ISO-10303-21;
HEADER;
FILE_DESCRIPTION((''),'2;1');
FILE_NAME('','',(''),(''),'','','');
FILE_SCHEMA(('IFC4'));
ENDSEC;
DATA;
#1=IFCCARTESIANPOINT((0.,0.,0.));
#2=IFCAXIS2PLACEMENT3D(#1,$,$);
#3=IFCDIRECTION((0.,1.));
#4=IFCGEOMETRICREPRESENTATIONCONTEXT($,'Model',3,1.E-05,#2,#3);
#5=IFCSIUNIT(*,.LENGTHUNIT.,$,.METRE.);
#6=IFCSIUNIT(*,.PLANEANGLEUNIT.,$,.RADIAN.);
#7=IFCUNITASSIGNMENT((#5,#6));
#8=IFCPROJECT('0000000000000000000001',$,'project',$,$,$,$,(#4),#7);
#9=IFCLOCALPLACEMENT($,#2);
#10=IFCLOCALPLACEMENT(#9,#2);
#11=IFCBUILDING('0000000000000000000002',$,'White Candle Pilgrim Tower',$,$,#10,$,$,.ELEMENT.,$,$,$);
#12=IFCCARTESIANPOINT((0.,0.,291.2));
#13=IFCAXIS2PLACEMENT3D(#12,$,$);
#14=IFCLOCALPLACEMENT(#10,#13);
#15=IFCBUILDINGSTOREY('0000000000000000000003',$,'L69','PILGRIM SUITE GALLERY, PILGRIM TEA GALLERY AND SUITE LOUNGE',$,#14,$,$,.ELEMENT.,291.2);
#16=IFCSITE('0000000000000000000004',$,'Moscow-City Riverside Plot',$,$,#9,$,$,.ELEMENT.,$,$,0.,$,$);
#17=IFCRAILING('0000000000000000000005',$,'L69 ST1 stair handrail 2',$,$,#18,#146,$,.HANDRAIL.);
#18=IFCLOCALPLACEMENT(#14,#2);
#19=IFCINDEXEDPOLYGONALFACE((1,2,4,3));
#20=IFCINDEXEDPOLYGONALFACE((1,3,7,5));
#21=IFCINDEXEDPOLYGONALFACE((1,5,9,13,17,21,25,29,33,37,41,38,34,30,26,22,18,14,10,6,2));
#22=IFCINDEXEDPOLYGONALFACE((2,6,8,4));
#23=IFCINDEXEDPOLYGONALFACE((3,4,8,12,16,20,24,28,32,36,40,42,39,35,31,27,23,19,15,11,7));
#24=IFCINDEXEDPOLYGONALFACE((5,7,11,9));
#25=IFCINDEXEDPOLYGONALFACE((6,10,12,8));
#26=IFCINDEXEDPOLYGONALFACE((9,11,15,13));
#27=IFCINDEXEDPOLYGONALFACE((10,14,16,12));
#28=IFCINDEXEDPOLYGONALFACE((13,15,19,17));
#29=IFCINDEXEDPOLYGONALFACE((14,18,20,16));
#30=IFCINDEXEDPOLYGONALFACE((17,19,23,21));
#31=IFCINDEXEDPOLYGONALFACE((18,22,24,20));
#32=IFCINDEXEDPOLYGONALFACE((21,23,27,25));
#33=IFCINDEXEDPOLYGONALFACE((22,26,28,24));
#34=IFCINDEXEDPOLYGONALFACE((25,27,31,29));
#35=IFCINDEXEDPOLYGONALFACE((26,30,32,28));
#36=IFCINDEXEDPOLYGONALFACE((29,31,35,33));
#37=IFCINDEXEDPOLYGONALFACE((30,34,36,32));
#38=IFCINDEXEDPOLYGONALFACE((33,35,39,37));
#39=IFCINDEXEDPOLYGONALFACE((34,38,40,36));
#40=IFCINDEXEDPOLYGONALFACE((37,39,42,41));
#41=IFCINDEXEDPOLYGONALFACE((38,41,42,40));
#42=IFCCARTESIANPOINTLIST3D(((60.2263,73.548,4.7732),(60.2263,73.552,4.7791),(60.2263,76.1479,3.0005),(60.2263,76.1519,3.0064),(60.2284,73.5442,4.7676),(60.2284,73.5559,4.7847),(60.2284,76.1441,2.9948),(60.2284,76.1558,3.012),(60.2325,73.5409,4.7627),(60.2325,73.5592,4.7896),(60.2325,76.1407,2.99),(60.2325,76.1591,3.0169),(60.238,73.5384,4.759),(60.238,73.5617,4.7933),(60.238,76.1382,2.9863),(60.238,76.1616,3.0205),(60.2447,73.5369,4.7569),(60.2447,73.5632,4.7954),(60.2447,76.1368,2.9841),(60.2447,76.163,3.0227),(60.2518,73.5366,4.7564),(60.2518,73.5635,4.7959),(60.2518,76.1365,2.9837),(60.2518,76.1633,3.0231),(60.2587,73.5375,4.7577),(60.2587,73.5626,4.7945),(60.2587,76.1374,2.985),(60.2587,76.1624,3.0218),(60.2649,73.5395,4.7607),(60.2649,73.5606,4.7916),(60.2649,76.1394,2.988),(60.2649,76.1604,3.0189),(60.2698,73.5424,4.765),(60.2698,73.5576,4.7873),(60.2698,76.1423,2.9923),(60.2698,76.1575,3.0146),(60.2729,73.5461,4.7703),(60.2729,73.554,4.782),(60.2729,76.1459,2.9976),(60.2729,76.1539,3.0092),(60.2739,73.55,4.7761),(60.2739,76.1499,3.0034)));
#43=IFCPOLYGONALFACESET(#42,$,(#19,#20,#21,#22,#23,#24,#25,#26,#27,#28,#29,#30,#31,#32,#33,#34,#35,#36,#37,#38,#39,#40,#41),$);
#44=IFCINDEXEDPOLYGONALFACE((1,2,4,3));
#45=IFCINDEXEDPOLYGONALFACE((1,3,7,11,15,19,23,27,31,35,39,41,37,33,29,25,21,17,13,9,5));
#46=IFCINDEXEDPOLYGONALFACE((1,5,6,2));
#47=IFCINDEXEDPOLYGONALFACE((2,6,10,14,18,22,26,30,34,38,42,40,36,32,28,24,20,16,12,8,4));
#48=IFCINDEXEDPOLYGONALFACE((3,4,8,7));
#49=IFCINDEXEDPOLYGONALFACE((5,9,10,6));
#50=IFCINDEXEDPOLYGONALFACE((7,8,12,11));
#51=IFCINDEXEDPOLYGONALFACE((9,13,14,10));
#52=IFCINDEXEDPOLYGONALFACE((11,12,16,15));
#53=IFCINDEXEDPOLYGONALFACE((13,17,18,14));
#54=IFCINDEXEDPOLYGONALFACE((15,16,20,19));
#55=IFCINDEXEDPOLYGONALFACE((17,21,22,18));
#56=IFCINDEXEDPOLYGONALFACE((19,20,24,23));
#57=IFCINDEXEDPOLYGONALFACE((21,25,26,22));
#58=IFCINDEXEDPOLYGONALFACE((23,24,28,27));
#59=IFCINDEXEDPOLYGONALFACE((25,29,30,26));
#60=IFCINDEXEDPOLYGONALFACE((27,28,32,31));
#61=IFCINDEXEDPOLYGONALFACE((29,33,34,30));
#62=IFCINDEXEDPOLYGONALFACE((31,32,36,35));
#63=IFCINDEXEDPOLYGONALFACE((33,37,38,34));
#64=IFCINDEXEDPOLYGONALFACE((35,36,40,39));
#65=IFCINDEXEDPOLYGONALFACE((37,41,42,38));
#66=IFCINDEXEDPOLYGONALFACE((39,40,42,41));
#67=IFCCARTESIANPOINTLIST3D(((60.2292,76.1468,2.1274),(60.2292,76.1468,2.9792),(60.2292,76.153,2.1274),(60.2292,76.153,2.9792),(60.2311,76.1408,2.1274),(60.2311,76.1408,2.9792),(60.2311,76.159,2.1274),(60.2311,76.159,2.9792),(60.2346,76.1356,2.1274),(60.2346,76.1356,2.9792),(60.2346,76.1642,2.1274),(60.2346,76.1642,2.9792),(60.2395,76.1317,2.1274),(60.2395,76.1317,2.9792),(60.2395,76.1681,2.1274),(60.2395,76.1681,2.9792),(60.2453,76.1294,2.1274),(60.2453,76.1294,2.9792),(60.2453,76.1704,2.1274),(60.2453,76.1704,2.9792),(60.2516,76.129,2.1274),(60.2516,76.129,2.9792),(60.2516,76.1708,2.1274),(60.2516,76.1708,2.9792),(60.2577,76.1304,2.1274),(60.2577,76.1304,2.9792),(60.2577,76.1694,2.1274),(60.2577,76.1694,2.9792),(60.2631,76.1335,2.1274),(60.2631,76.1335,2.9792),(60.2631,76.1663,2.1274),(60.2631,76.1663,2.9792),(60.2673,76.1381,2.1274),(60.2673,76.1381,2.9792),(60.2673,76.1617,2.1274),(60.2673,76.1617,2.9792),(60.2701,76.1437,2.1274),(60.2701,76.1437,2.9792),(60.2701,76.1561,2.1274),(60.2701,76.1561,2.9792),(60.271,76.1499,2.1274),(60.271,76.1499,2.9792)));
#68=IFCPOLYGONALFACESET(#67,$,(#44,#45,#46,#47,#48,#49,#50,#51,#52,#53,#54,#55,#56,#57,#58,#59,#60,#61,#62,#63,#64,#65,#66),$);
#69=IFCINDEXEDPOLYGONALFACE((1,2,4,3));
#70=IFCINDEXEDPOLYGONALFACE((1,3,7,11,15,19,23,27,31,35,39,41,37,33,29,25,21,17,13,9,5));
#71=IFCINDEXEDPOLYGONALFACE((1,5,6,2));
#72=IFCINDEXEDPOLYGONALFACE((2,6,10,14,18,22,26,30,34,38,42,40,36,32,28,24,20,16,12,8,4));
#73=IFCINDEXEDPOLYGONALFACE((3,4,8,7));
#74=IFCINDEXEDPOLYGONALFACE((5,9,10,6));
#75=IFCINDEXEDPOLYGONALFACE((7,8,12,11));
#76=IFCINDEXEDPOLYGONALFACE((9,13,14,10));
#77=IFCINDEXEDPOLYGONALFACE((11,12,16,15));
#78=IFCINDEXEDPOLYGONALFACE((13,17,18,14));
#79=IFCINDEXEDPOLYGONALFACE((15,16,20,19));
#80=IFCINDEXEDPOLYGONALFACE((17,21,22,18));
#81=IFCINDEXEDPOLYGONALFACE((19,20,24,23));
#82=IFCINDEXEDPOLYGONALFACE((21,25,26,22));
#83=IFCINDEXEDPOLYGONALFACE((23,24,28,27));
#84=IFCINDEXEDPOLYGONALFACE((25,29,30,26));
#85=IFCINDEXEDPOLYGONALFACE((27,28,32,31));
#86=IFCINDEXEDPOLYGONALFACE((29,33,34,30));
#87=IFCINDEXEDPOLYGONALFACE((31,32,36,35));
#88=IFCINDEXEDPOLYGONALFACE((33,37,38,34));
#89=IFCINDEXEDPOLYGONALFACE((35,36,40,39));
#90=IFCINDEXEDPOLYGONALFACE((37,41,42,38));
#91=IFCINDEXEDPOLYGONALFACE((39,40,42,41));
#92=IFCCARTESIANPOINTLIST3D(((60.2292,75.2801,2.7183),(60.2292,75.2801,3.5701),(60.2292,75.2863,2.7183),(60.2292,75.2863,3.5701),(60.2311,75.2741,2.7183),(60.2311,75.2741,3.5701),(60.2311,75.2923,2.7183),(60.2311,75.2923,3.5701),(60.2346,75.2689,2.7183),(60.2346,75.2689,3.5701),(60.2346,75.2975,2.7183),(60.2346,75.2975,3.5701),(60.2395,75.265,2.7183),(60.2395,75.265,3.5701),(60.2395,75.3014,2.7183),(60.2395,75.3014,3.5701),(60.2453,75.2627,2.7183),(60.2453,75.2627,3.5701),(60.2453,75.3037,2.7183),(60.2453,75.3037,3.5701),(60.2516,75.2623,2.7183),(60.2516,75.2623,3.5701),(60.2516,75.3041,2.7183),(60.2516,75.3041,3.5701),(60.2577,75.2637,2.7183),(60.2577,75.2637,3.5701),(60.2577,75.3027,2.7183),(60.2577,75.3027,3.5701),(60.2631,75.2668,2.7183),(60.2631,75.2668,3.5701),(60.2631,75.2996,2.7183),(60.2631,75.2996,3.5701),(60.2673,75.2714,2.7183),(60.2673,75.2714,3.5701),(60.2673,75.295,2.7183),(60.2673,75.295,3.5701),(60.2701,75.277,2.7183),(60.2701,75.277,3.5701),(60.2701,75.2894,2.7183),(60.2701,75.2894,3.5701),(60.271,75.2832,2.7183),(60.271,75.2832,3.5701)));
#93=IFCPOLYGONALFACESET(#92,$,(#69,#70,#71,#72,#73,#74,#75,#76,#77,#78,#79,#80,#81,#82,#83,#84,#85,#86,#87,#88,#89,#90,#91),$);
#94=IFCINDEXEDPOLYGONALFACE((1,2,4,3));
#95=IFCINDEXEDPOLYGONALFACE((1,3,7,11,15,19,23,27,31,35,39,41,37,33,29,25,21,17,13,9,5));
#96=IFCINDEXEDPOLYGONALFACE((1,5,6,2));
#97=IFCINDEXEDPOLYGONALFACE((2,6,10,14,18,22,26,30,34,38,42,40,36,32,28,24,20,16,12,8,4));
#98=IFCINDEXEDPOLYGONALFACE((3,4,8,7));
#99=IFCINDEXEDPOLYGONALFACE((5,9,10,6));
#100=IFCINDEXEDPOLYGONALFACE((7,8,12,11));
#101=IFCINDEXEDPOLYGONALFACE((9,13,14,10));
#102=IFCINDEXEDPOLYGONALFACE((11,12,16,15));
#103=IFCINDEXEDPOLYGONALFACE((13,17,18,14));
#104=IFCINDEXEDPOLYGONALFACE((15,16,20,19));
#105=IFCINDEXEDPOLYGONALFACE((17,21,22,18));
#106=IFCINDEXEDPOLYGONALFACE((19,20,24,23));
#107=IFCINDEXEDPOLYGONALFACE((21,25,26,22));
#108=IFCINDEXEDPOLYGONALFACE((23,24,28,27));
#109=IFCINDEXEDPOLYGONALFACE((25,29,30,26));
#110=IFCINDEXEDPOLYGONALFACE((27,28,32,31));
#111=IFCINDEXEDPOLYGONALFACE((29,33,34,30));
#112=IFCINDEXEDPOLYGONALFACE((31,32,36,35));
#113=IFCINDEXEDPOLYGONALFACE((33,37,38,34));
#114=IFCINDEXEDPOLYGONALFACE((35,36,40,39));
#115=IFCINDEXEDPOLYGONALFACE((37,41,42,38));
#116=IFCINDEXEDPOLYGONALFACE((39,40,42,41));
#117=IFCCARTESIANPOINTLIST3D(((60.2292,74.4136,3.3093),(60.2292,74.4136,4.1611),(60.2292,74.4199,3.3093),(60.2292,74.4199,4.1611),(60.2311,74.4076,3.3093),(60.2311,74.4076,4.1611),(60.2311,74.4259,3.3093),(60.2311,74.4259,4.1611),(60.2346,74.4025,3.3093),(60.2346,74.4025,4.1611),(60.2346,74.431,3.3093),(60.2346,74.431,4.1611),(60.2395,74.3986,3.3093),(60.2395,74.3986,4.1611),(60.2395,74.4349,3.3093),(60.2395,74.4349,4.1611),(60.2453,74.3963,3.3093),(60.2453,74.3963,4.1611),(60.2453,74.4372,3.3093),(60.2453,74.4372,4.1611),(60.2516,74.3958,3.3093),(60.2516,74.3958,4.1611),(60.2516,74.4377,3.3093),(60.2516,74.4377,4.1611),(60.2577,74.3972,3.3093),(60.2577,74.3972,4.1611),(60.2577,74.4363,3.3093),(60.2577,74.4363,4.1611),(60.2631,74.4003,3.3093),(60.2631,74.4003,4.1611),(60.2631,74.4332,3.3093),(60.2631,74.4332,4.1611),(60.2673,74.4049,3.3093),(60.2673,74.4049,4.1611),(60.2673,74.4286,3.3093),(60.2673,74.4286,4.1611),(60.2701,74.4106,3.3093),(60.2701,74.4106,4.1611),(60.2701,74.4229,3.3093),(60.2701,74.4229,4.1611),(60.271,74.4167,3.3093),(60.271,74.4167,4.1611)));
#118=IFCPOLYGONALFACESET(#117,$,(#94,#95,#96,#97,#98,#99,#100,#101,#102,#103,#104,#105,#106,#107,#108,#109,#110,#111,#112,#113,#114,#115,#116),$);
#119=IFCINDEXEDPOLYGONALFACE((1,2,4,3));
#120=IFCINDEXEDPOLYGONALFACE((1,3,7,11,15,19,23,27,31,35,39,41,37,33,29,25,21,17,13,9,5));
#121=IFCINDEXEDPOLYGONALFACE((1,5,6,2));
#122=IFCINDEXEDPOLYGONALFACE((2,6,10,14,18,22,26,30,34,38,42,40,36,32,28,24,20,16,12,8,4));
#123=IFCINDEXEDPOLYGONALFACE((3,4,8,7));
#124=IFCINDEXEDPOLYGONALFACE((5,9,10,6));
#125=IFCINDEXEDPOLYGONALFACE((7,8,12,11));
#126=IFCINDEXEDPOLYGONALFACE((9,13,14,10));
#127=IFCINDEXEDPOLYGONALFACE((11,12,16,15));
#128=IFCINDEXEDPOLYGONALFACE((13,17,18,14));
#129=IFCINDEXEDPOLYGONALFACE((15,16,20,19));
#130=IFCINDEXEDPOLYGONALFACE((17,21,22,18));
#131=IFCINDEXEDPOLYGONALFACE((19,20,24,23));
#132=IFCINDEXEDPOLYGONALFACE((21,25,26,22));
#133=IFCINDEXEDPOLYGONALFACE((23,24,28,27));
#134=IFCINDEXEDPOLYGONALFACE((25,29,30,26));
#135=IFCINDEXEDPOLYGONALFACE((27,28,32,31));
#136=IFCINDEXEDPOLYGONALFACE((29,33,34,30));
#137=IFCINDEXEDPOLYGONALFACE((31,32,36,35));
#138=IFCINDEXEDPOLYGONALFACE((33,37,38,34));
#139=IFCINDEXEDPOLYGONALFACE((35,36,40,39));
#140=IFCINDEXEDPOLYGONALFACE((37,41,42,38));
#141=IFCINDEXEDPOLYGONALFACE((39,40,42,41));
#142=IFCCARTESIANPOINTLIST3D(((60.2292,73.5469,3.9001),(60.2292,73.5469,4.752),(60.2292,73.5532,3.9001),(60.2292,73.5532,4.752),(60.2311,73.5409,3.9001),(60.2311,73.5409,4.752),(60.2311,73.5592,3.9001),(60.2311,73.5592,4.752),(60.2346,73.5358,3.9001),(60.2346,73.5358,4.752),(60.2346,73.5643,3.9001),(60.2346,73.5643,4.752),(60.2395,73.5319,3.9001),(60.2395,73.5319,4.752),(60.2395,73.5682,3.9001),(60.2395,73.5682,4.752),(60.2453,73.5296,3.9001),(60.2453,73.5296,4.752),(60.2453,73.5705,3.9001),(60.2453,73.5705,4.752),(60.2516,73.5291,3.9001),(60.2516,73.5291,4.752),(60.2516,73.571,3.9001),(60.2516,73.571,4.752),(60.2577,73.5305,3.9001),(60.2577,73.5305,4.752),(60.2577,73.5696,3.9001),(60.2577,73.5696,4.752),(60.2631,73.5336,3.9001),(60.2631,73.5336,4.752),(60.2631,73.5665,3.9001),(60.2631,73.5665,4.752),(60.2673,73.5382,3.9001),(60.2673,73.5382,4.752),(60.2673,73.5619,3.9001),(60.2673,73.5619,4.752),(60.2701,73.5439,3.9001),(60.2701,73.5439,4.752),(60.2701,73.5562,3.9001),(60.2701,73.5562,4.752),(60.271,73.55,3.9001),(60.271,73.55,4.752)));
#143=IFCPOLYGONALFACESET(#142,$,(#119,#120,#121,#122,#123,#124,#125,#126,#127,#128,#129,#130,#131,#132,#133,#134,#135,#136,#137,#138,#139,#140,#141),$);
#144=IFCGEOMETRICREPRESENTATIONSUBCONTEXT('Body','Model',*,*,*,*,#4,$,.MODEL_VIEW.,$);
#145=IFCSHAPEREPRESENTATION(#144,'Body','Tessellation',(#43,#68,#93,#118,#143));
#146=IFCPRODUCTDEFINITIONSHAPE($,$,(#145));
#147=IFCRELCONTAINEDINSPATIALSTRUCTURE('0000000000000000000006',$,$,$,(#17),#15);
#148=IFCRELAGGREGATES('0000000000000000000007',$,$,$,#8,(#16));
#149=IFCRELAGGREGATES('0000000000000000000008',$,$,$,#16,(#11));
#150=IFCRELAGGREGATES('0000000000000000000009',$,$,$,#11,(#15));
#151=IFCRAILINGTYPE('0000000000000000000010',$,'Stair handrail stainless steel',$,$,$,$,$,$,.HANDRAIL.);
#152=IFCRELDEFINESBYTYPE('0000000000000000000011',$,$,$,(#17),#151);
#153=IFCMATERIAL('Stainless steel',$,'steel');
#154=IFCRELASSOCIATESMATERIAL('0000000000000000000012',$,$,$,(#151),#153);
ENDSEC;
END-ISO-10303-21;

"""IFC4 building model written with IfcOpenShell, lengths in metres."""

from ifc_helpers import new_model, si_unit, direction, frame, origin, origin_2d, place, context, subcontext, project, spatial, circle, extrude, material, type_object, element, save


model = new_model("IFC4")

# Units and contexts
model_context = context("Model", 3, precision=1e-05, world=origin(), true_north=direction((0.0, 1.0)))
body_context = subcontext(model_context, "Body", "Model", "MODEL_VIEW")
ifc_project = project(units=[si_unit("LENGTHUNIT", "METRE"), si_unit("PLANEANGLEUNIT", "RADIAN")], contexts=[model_context])

# Site, building, storey
site_placement = place(None, origin())
site = spatial("IfcSite", under=ifc_project, at=site_placement, Name="Moscow-City Riverside Plot", CompositionType="ELEMENT", RefElevation=0.0)
building_placement = place(site_placement, origin())
building = spatial("IfcBuilding", under=site, at=building_placement, Name="White Candle Pilgrim Tower", CompositionType="ELEMENT")
storey_placement = place(building_placement, frame((0.0, 0.0, 291.2)))
storey = spatial("IfcBuildingStorey", under=building, at=storey_placement, Name="L69", Description="PILGRIM SUITE GALLERY, PILGRIM TEA GALLERY AND SUITE LOUNGE", CompositionType="ELEMENT", Elevation=291.2)

# Railing
ifc_material_1 = material(Name="Stainless steel", Category="steel")
railing_type_1 = type_object("IfcRailingType", Name="Stair handrail stainless steel", PredefinedType="HANDRAIL", material=ifc_material_1)
railing_1_placement = place(storey_placement, frame((60.25, 76.1499, 2.1274)))
element("IfcRailing", 1, at=railing_1_placement, inside=storey, type_object=railing_type_1, Name="L69 ST1 stair handrail 2", PredefinedType="HANDRAIL", context=body_context, shape_type="SweptSolid", body=[
    extrude(circle(Radius=0.0239, at=origin_2d()), frame((0.0, 0.0, 0.876), z_axis=(0.0, -0.826216, 0.563354), x_axis=(1.0, 0.0, 0.0)), (0.0, 0.0, 1.0), 3.1467),
    extrude(circle(Radius=0.021, at=origin_2d()), origin(), (0.0, 0.0, 1.0), 0.8518),
    extrude(circle(Radius=0.021, at=origin_2d()), frame((0.0, -0.8667, 0.5908)), (0.0, 0.0, 1.0), 0.8518),
    extrude(circle(Radius=0.021, at=origin_2d()), frame((0.0, -1.7332, 1.1819)), (0.0, 0.0, 1.0), 0.8518),
    extrude(circle(Radius=0.021, at=origin_2d()), frame((0.0, -2.5999, 1.7727)), (0.0, 0.0, 1.0), 0.8518),
])

save(model, "model.ifc")
